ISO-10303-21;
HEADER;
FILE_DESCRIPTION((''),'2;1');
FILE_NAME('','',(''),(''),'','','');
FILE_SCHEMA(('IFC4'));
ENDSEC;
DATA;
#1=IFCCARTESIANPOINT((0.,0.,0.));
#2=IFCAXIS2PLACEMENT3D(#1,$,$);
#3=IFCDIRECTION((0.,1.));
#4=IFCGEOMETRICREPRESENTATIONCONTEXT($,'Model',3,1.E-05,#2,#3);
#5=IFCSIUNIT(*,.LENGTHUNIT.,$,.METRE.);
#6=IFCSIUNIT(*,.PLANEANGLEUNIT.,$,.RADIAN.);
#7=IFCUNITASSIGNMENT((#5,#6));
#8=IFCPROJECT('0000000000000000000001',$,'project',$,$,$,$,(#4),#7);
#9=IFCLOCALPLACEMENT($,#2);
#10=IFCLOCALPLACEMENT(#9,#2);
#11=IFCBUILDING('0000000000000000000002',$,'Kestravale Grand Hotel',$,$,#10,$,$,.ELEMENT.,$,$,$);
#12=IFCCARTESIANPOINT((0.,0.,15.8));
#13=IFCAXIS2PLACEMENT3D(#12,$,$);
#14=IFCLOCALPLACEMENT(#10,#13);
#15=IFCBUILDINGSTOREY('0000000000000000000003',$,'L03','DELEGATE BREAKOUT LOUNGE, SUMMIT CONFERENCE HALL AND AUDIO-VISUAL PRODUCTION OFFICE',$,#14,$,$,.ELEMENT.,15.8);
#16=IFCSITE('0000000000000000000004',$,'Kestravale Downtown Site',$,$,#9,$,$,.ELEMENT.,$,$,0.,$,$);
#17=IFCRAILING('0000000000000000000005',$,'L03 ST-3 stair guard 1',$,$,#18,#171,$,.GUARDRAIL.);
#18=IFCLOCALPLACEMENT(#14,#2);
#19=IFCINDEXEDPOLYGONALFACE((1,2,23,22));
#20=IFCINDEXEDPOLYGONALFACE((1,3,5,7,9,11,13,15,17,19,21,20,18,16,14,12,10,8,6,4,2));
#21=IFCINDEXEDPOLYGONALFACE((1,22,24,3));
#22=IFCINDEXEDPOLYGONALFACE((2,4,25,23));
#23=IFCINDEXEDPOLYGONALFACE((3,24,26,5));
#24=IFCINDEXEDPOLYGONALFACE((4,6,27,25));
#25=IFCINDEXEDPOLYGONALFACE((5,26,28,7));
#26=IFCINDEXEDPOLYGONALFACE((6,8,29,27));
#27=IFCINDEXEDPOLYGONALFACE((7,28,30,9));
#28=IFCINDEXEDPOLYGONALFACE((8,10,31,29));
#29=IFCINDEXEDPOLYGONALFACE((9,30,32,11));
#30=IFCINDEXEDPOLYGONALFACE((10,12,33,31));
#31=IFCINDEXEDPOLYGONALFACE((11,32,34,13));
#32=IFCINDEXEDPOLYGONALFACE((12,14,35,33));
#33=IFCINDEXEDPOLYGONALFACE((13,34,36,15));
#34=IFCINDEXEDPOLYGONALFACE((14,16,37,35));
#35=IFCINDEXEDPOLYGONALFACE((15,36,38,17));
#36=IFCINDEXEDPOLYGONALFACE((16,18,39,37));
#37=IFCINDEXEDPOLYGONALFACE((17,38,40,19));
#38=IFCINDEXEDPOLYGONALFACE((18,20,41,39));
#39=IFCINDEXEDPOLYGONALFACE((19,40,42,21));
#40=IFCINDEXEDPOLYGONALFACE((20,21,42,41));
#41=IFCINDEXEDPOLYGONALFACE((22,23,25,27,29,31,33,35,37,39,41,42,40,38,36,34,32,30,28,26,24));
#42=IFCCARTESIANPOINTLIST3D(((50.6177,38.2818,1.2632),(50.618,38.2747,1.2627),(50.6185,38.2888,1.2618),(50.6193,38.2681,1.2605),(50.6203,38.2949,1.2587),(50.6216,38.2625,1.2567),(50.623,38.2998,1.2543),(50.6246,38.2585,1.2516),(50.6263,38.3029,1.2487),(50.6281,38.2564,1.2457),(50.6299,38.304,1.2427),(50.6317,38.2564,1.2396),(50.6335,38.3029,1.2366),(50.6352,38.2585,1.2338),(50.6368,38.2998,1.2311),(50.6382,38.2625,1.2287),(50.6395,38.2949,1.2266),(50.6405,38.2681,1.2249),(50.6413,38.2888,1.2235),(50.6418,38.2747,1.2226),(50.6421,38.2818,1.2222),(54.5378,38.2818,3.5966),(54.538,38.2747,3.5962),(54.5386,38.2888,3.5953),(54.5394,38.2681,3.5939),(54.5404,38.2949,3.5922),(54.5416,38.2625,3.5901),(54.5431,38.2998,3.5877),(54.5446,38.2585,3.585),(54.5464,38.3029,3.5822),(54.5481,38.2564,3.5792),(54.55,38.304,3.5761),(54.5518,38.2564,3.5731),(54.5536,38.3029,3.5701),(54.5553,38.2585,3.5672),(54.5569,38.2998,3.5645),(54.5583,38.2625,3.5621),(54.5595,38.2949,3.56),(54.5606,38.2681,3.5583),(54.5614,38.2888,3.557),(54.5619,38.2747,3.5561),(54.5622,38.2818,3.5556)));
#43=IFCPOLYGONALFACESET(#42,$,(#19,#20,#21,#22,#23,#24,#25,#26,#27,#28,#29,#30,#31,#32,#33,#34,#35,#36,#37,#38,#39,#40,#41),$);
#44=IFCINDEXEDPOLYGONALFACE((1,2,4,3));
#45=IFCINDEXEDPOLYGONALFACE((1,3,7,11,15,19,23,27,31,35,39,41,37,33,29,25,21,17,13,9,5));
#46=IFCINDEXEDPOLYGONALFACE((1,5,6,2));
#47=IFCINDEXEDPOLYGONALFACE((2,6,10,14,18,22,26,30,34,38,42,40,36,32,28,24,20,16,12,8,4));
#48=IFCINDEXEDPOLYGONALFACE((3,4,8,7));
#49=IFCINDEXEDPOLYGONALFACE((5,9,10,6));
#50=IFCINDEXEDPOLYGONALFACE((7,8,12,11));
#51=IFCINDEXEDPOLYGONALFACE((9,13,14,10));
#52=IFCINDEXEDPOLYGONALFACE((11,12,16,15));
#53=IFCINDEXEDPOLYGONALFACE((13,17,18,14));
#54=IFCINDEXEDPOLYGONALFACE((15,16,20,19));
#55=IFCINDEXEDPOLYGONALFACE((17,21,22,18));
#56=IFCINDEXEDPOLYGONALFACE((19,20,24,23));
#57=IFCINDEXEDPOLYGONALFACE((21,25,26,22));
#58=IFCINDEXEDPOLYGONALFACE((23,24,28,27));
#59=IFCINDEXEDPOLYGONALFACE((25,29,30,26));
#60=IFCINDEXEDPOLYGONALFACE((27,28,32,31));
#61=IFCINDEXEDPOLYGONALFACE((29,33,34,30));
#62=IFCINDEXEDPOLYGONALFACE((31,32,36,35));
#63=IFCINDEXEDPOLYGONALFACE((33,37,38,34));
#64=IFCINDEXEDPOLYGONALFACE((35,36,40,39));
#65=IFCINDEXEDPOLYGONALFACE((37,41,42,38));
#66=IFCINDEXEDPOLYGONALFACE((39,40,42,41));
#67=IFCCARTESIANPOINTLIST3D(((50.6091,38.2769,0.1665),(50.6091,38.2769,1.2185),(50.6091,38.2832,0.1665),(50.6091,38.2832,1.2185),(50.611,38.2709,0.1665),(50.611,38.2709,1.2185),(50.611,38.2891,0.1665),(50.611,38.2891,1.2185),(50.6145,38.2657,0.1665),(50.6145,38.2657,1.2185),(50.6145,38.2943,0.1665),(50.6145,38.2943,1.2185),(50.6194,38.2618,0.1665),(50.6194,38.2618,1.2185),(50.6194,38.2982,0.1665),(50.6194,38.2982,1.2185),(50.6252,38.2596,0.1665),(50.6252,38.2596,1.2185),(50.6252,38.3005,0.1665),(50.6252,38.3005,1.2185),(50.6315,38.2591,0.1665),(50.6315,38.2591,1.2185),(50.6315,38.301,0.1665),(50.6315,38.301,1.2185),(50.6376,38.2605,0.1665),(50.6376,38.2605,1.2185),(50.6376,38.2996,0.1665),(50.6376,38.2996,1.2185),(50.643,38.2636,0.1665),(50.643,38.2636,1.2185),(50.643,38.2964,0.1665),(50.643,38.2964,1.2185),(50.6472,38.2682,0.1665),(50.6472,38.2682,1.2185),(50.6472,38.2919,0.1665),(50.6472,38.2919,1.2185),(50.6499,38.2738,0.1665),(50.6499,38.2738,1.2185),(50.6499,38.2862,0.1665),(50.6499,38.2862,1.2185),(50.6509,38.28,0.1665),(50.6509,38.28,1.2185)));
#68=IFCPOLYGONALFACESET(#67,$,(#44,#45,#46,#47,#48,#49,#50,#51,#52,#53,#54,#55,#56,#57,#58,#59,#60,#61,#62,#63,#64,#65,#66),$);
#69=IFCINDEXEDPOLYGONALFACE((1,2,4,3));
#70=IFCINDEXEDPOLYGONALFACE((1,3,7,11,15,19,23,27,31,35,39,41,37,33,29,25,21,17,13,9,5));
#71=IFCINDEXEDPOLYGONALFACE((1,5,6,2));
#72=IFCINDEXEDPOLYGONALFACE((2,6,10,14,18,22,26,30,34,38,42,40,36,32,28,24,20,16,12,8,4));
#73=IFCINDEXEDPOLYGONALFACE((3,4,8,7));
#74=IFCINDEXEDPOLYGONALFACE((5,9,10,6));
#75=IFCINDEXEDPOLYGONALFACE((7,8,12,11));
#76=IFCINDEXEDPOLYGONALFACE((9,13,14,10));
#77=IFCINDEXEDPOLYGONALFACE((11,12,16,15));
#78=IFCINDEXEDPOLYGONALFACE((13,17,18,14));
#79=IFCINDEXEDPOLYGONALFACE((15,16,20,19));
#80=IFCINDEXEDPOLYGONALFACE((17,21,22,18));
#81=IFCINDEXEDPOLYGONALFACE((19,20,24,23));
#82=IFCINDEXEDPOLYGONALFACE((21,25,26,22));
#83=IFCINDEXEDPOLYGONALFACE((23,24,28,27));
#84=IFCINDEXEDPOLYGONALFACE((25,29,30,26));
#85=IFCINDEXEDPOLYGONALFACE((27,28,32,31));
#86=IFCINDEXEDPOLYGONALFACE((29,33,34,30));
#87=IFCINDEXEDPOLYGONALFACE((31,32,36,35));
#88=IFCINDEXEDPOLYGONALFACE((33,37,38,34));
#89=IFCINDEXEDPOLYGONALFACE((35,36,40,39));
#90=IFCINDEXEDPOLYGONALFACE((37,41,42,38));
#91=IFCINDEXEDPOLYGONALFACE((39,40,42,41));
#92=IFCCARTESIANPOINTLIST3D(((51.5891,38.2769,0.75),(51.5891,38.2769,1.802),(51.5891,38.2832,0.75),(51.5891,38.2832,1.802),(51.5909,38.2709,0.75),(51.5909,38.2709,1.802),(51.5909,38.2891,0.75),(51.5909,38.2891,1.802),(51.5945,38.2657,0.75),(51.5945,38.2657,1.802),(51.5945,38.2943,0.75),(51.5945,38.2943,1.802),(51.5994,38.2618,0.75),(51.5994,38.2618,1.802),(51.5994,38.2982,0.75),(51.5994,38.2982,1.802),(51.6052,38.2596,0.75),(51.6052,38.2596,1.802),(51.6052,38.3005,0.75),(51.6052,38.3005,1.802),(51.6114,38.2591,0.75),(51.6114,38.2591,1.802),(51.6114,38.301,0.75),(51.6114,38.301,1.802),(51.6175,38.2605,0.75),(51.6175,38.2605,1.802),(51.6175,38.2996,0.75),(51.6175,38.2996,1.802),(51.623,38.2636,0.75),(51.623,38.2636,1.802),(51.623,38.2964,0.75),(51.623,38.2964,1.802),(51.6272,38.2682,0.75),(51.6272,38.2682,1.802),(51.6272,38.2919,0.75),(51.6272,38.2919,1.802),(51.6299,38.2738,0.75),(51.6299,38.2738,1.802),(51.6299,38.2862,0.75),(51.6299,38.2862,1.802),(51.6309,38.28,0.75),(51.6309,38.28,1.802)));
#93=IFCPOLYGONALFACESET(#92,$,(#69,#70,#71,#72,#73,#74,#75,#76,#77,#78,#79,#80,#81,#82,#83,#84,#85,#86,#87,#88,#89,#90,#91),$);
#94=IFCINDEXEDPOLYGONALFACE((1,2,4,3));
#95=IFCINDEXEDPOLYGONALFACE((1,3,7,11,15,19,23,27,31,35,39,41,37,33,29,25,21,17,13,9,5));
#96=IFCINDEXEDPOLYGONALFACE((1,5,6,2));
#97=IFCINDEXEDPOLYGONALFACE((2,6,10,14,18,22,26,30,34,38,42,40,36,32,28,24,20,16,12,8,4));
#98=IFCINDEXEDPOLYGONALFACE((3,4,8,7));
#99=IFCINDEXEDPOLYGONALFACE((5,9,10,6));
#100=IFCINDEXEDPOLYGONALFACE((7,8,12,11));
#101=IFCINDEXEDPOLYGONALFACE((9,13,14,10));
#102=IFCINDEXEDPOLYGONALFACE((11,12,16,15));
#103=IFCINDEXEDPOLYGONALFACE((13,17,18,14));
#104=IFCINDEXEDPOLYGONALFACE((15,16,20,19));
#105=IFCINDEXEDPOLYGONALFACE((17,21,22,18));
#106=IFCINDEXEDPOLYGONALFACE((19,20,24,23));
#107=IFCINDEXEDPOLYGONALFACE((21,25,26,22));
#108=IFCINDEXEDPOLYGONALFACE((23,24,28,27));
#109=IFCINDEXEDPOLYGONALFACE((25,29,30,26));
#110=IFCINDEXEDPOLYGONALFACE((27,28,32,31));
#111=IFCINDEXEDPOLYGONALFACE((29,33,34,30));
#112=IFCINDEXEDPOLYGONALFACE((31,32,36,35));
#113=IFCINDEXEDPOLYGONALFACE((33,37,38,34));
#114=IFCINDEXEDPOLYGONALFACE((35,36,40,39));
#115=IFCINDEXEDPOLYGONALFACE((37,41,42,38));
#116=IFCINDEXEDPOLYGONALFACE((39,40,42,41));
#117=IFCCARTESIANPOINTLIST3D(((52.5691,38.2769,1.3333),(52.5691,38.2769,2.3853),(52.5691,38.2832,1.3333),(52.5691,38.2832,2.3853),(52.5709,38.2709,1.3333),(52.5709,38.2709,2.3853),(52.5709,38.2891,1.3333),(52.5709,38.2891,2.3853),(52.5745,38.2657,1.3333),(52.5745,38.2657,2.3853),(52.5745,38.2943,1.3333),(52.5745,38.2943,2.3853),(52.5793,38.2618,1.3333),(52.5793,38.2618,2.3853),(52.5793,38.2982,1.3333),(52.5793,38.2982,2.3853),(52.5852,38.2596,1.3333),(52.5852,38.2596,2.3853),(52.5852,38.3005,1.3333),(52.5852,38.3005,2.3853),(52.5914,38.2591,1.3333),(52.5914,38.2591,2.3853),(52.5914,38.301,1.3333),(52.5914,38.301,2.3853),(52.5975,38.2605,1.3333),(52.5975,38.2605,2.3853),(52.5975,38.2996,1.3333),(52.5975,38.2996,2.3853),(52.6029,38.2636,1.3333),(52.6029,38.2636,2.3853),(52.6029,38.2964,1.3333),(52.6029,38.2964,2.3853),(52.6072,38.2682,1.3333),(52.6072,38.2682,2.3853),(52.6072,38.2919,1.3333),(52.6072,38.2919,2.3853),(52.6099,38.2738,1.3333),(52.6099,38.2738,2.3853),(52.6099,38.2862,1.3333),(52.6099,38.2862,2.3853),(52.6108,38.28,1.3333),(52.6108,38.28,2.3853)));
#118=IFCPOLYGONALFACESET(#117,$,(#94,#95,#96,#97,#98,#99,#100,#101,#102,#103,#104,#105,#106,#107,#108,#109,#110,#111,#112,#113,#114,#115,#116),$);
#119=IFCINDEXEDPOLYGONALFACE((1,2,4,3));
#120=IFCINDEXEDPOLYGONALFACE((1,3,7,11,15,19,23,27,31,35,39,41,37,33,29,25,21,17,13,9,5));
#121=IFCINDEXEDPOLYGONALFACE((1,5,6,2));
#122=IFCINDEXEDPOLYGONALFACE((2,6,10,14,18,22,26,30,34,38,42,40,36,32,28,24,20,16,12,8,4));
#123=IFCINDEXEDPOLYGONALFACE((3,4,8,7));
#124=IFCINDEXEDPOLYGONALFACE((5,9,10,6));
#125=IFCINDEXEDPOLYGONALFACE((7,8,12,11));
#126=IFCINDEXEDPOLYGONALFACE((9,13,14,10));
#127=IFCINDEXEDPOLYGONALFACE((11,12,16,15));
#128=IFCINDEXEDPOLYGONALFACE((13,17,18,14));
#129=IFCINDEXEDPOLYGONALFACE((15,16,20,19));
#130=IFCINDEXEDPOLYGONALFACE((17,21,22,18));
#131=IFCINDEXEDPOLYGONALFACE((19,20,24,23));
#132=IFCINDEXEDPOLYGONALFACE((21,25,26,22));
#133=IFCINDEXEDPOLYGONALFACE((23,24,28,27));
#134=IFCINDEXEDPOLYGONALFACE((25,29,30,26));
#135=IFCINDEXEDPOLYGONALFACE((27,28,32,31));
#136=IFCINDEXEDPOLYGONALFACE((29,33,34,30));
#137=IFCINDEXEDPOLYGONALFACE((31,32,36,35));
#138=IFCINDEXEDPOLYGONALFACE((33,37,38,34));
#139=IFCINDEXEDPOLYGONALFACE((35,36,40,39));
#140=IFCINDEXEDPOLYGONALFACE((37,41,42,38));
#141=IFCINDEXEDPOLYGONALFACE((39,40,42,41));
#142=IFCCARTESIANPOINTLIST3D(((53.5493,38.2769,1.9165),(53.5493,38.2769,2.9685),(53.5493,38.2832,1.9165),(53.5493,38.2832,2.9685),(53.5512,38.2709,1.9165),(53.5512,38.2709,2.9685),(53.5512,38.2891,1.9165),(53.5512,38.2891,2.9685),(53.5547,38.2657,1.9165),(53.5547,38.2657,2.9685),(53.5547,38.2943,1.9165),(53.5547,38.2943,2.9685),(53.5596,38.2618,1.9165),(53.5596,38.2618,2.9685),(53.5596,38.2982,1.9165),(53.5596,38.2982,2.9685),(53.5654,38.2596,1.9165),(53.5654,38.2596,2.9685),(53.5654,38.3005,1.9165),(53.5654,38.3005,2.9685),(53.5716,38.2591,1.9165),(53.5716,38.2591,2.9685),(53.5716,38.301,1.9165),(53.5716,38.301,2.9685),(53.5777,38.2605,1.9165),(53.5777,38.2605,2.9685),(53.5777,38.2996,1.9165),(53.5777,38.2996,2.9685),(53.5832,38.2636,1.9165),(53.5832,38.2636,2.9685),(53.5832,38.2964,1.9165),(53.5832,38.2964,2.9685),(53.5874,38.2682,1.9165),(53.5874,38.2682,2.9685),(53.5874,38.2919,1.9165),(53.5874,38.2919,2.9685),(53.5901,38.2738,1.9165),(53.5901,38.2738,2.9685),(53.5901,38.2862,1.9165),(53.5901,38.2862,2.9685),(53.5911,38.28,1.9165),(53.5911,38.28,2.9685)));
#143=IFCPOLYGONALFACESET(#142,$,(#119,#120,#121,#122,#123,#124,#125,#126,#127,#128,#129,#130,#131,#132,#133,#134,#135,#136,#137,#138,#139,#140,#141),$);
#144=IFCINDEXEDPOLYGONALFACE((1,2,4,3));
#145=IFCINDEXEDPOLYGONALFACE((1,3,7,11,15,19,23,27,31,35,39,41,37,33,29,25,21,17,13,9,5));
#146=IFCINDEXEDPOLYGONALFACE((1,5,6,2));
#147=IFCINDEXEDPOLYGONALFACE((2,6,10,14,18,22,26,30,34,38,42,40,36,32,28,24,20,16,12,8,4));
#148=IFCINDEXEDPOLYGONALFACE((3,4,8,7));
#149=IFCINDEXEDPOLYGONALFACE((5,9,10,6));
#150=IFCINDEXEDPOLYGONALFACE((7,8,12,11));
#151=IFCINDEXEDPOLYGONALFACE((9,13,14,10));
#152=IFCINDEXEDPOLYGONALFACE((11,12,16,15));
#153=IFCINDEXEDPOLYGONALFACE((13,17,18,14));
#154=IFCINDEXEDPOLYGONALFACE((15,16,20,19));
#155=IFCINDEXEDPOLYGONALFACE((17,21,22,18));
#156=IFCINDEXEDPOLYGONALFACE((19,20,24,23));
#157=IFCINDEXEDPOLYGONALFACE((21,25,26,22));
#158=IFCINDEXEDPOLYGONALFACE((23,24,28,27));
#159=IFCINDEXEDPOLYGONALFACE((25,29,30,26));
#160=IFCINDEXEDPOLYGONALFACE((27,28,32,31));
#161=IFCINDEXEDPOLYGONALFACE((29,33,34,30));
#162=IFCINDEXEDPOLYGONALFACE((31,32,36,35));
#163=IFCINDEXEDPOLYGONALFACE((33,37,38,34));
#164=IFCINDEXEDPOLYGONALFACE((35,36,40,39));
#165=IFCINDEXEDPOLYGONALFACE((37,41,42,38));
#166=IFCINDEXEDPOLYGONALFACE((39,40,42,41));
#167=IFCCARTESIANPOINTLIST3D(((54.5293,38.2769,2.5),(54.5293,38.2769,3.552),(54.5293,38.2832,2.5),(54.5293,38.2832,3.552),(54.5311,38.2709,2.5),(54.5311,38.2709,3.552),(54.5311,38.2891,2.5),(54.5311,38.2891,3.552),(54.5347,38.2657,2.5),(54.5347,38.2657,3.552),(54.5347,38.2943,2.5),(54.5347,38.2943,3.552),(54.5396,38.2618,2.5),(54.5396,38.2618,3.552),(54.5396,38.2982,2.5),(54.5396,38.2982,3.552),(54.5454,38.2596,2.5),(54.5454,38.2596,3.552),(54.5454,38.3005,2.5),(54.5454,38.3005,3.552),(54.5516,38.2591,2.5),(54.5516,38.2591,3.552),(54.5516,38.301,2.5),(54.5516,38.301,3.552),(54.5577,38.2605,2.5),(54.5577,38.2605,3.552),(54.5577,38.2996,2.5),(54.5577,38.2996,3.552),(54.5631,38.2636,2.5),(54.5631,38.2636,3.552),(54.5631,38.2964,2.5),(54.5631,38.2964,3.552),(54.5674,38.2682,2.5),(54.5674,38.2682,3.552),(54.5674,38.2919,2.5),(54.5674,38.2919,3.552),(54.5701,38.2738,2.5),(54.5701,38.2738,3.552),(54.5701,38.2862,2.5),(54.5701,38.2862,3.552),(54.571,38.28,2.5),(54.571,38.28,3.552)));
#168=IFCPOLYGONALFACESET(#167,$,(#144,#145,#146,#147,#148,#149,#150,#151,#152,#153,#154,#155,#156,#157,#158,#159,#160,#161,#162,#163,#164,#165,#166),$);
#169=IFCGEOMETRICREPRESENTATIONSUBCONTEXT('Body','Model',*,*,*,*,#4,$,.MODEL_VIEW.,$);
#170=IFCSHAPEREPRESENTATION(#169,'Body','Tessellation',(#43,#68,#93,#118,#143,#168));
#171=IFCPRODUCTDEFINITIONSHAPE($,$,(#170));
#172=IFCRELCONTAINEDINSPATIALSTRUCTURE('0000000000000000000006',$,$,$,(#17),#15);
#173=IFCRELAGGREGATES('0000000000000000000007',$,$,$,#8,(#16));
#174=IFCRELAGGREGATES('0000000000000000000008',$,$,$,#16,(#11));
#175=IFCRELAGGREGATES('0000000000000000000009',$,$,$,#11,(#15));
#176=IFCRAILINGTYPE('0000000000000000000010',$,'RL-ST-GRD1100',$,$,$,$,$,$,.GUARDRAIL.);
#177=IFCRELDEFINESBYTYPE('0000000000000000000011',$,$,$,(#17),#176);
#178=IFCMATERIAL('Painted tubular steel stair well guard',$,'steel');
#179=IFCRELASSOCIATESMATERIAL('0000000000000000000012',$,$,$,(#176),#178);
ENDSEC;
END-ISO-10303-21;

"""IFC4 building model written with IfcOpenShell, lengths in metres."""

from ifc_helpers import new_model, si_unit, direction, frame, origin, origin_2d, place, context, subcontext, project, spatial, circle, extrude, material, type_object, element, save


model = new_model("IFC4")

# Units and contexts
model_context = context("Model", 3, precision=1e-05, world=origin(), true_north=direction((0.0, 1.0)))
body_context = subcontext(model_context, "Body", "Model", "MODEL_VIEW")
ifc_project = project(units=[si_unit("LENGTHUNIT", "METRE"), si_unit("PLANEANGLEUNIT", "RADIAN")], contexts=[model_context])

# Site, building, storey
site_placement = place(None, origin())
site = spatial("IfcSite", under=ifc_project, at=site_placement, Name="Kestravale Downtown Site", CompositionType="ELEMENT", RefElevation=0.0)
building_placement = place(site_placement, origin())
building = spatial("IfcBuilding", under=site, at=building_placement, Name="Kestravale Grand Hotel", CompositionType="ELEMENT")
storey_placement = place(building_placement, frame((0.0, 0.0, 15.8)))
storey = spatial("IfcBuildingStorey", under=building, at=storey_placement, Name="L03", Description="DELEGATE BREAKOUT LOUNGE, SUMMIT CONFERENCE HALL AND AUDIO-VISUAL PRODUCTION OFFICE", CompositionType="ELEMENT", Elevation=15.8)

# Railing
ifc_material_1 = material(Name="Painted tubular steel stair well guard", Category="steel")
railing_type_1 = type_object("IfcRailingType", Name="RL-ST-GRD1100", PredefinedType="GUARDRAIL", material=ifc_material_1)
railing_1_placement = place(storey_placement, frame((50.6299, 38.28, 0.1665)))
element("IfcRailing", 1, at=railing_1_placement, inside=storey, type_object=railing_type_1, Name="L03 ST-3 stair guard 1", PredefinedType="GUARDRAIL", context=body_context, shape_type="SweptSolid", body=[
    extrude(circle(Radius=0.0239, at=origin_2d()), frame((0.0, 0.0, 1.0762), z_axis=(0.859287, 0.0, 0.511494), x_axis=(0.0, 1.0, 0.0)), (0.0, 0.0, 1.0), 4.562),
    extrude(circle(Radius=0.021, at=origin_2d()), origin(), (0.0, 0.0, 1.0), 1.052),
    extrude(circle(Radius=0.021, at=origin_2d()), frame((0.98, 0.0, 0.5835)), (0.0, 0.0, 1.0), 1.052),
    extrude(circle(Radius=0.021, at=origin_2d()), frame((1.96, 0.0, 1.1667)), (0.0, 0.0, 1.0), 1.052),
    extrude(circle(Radius=0.021, at=origin_2d()), frame((2.9402, 0.0, 1.75)), (0.0, 0.0, 1.0), 1.052),
    extrude(circle(Radius=0.021, at=origin_2d()), frame((3.9202, 0.0, 2.3335)), (0.0, 0.0, 1.0), 1.052),
])

save(model, "model.ifc")
